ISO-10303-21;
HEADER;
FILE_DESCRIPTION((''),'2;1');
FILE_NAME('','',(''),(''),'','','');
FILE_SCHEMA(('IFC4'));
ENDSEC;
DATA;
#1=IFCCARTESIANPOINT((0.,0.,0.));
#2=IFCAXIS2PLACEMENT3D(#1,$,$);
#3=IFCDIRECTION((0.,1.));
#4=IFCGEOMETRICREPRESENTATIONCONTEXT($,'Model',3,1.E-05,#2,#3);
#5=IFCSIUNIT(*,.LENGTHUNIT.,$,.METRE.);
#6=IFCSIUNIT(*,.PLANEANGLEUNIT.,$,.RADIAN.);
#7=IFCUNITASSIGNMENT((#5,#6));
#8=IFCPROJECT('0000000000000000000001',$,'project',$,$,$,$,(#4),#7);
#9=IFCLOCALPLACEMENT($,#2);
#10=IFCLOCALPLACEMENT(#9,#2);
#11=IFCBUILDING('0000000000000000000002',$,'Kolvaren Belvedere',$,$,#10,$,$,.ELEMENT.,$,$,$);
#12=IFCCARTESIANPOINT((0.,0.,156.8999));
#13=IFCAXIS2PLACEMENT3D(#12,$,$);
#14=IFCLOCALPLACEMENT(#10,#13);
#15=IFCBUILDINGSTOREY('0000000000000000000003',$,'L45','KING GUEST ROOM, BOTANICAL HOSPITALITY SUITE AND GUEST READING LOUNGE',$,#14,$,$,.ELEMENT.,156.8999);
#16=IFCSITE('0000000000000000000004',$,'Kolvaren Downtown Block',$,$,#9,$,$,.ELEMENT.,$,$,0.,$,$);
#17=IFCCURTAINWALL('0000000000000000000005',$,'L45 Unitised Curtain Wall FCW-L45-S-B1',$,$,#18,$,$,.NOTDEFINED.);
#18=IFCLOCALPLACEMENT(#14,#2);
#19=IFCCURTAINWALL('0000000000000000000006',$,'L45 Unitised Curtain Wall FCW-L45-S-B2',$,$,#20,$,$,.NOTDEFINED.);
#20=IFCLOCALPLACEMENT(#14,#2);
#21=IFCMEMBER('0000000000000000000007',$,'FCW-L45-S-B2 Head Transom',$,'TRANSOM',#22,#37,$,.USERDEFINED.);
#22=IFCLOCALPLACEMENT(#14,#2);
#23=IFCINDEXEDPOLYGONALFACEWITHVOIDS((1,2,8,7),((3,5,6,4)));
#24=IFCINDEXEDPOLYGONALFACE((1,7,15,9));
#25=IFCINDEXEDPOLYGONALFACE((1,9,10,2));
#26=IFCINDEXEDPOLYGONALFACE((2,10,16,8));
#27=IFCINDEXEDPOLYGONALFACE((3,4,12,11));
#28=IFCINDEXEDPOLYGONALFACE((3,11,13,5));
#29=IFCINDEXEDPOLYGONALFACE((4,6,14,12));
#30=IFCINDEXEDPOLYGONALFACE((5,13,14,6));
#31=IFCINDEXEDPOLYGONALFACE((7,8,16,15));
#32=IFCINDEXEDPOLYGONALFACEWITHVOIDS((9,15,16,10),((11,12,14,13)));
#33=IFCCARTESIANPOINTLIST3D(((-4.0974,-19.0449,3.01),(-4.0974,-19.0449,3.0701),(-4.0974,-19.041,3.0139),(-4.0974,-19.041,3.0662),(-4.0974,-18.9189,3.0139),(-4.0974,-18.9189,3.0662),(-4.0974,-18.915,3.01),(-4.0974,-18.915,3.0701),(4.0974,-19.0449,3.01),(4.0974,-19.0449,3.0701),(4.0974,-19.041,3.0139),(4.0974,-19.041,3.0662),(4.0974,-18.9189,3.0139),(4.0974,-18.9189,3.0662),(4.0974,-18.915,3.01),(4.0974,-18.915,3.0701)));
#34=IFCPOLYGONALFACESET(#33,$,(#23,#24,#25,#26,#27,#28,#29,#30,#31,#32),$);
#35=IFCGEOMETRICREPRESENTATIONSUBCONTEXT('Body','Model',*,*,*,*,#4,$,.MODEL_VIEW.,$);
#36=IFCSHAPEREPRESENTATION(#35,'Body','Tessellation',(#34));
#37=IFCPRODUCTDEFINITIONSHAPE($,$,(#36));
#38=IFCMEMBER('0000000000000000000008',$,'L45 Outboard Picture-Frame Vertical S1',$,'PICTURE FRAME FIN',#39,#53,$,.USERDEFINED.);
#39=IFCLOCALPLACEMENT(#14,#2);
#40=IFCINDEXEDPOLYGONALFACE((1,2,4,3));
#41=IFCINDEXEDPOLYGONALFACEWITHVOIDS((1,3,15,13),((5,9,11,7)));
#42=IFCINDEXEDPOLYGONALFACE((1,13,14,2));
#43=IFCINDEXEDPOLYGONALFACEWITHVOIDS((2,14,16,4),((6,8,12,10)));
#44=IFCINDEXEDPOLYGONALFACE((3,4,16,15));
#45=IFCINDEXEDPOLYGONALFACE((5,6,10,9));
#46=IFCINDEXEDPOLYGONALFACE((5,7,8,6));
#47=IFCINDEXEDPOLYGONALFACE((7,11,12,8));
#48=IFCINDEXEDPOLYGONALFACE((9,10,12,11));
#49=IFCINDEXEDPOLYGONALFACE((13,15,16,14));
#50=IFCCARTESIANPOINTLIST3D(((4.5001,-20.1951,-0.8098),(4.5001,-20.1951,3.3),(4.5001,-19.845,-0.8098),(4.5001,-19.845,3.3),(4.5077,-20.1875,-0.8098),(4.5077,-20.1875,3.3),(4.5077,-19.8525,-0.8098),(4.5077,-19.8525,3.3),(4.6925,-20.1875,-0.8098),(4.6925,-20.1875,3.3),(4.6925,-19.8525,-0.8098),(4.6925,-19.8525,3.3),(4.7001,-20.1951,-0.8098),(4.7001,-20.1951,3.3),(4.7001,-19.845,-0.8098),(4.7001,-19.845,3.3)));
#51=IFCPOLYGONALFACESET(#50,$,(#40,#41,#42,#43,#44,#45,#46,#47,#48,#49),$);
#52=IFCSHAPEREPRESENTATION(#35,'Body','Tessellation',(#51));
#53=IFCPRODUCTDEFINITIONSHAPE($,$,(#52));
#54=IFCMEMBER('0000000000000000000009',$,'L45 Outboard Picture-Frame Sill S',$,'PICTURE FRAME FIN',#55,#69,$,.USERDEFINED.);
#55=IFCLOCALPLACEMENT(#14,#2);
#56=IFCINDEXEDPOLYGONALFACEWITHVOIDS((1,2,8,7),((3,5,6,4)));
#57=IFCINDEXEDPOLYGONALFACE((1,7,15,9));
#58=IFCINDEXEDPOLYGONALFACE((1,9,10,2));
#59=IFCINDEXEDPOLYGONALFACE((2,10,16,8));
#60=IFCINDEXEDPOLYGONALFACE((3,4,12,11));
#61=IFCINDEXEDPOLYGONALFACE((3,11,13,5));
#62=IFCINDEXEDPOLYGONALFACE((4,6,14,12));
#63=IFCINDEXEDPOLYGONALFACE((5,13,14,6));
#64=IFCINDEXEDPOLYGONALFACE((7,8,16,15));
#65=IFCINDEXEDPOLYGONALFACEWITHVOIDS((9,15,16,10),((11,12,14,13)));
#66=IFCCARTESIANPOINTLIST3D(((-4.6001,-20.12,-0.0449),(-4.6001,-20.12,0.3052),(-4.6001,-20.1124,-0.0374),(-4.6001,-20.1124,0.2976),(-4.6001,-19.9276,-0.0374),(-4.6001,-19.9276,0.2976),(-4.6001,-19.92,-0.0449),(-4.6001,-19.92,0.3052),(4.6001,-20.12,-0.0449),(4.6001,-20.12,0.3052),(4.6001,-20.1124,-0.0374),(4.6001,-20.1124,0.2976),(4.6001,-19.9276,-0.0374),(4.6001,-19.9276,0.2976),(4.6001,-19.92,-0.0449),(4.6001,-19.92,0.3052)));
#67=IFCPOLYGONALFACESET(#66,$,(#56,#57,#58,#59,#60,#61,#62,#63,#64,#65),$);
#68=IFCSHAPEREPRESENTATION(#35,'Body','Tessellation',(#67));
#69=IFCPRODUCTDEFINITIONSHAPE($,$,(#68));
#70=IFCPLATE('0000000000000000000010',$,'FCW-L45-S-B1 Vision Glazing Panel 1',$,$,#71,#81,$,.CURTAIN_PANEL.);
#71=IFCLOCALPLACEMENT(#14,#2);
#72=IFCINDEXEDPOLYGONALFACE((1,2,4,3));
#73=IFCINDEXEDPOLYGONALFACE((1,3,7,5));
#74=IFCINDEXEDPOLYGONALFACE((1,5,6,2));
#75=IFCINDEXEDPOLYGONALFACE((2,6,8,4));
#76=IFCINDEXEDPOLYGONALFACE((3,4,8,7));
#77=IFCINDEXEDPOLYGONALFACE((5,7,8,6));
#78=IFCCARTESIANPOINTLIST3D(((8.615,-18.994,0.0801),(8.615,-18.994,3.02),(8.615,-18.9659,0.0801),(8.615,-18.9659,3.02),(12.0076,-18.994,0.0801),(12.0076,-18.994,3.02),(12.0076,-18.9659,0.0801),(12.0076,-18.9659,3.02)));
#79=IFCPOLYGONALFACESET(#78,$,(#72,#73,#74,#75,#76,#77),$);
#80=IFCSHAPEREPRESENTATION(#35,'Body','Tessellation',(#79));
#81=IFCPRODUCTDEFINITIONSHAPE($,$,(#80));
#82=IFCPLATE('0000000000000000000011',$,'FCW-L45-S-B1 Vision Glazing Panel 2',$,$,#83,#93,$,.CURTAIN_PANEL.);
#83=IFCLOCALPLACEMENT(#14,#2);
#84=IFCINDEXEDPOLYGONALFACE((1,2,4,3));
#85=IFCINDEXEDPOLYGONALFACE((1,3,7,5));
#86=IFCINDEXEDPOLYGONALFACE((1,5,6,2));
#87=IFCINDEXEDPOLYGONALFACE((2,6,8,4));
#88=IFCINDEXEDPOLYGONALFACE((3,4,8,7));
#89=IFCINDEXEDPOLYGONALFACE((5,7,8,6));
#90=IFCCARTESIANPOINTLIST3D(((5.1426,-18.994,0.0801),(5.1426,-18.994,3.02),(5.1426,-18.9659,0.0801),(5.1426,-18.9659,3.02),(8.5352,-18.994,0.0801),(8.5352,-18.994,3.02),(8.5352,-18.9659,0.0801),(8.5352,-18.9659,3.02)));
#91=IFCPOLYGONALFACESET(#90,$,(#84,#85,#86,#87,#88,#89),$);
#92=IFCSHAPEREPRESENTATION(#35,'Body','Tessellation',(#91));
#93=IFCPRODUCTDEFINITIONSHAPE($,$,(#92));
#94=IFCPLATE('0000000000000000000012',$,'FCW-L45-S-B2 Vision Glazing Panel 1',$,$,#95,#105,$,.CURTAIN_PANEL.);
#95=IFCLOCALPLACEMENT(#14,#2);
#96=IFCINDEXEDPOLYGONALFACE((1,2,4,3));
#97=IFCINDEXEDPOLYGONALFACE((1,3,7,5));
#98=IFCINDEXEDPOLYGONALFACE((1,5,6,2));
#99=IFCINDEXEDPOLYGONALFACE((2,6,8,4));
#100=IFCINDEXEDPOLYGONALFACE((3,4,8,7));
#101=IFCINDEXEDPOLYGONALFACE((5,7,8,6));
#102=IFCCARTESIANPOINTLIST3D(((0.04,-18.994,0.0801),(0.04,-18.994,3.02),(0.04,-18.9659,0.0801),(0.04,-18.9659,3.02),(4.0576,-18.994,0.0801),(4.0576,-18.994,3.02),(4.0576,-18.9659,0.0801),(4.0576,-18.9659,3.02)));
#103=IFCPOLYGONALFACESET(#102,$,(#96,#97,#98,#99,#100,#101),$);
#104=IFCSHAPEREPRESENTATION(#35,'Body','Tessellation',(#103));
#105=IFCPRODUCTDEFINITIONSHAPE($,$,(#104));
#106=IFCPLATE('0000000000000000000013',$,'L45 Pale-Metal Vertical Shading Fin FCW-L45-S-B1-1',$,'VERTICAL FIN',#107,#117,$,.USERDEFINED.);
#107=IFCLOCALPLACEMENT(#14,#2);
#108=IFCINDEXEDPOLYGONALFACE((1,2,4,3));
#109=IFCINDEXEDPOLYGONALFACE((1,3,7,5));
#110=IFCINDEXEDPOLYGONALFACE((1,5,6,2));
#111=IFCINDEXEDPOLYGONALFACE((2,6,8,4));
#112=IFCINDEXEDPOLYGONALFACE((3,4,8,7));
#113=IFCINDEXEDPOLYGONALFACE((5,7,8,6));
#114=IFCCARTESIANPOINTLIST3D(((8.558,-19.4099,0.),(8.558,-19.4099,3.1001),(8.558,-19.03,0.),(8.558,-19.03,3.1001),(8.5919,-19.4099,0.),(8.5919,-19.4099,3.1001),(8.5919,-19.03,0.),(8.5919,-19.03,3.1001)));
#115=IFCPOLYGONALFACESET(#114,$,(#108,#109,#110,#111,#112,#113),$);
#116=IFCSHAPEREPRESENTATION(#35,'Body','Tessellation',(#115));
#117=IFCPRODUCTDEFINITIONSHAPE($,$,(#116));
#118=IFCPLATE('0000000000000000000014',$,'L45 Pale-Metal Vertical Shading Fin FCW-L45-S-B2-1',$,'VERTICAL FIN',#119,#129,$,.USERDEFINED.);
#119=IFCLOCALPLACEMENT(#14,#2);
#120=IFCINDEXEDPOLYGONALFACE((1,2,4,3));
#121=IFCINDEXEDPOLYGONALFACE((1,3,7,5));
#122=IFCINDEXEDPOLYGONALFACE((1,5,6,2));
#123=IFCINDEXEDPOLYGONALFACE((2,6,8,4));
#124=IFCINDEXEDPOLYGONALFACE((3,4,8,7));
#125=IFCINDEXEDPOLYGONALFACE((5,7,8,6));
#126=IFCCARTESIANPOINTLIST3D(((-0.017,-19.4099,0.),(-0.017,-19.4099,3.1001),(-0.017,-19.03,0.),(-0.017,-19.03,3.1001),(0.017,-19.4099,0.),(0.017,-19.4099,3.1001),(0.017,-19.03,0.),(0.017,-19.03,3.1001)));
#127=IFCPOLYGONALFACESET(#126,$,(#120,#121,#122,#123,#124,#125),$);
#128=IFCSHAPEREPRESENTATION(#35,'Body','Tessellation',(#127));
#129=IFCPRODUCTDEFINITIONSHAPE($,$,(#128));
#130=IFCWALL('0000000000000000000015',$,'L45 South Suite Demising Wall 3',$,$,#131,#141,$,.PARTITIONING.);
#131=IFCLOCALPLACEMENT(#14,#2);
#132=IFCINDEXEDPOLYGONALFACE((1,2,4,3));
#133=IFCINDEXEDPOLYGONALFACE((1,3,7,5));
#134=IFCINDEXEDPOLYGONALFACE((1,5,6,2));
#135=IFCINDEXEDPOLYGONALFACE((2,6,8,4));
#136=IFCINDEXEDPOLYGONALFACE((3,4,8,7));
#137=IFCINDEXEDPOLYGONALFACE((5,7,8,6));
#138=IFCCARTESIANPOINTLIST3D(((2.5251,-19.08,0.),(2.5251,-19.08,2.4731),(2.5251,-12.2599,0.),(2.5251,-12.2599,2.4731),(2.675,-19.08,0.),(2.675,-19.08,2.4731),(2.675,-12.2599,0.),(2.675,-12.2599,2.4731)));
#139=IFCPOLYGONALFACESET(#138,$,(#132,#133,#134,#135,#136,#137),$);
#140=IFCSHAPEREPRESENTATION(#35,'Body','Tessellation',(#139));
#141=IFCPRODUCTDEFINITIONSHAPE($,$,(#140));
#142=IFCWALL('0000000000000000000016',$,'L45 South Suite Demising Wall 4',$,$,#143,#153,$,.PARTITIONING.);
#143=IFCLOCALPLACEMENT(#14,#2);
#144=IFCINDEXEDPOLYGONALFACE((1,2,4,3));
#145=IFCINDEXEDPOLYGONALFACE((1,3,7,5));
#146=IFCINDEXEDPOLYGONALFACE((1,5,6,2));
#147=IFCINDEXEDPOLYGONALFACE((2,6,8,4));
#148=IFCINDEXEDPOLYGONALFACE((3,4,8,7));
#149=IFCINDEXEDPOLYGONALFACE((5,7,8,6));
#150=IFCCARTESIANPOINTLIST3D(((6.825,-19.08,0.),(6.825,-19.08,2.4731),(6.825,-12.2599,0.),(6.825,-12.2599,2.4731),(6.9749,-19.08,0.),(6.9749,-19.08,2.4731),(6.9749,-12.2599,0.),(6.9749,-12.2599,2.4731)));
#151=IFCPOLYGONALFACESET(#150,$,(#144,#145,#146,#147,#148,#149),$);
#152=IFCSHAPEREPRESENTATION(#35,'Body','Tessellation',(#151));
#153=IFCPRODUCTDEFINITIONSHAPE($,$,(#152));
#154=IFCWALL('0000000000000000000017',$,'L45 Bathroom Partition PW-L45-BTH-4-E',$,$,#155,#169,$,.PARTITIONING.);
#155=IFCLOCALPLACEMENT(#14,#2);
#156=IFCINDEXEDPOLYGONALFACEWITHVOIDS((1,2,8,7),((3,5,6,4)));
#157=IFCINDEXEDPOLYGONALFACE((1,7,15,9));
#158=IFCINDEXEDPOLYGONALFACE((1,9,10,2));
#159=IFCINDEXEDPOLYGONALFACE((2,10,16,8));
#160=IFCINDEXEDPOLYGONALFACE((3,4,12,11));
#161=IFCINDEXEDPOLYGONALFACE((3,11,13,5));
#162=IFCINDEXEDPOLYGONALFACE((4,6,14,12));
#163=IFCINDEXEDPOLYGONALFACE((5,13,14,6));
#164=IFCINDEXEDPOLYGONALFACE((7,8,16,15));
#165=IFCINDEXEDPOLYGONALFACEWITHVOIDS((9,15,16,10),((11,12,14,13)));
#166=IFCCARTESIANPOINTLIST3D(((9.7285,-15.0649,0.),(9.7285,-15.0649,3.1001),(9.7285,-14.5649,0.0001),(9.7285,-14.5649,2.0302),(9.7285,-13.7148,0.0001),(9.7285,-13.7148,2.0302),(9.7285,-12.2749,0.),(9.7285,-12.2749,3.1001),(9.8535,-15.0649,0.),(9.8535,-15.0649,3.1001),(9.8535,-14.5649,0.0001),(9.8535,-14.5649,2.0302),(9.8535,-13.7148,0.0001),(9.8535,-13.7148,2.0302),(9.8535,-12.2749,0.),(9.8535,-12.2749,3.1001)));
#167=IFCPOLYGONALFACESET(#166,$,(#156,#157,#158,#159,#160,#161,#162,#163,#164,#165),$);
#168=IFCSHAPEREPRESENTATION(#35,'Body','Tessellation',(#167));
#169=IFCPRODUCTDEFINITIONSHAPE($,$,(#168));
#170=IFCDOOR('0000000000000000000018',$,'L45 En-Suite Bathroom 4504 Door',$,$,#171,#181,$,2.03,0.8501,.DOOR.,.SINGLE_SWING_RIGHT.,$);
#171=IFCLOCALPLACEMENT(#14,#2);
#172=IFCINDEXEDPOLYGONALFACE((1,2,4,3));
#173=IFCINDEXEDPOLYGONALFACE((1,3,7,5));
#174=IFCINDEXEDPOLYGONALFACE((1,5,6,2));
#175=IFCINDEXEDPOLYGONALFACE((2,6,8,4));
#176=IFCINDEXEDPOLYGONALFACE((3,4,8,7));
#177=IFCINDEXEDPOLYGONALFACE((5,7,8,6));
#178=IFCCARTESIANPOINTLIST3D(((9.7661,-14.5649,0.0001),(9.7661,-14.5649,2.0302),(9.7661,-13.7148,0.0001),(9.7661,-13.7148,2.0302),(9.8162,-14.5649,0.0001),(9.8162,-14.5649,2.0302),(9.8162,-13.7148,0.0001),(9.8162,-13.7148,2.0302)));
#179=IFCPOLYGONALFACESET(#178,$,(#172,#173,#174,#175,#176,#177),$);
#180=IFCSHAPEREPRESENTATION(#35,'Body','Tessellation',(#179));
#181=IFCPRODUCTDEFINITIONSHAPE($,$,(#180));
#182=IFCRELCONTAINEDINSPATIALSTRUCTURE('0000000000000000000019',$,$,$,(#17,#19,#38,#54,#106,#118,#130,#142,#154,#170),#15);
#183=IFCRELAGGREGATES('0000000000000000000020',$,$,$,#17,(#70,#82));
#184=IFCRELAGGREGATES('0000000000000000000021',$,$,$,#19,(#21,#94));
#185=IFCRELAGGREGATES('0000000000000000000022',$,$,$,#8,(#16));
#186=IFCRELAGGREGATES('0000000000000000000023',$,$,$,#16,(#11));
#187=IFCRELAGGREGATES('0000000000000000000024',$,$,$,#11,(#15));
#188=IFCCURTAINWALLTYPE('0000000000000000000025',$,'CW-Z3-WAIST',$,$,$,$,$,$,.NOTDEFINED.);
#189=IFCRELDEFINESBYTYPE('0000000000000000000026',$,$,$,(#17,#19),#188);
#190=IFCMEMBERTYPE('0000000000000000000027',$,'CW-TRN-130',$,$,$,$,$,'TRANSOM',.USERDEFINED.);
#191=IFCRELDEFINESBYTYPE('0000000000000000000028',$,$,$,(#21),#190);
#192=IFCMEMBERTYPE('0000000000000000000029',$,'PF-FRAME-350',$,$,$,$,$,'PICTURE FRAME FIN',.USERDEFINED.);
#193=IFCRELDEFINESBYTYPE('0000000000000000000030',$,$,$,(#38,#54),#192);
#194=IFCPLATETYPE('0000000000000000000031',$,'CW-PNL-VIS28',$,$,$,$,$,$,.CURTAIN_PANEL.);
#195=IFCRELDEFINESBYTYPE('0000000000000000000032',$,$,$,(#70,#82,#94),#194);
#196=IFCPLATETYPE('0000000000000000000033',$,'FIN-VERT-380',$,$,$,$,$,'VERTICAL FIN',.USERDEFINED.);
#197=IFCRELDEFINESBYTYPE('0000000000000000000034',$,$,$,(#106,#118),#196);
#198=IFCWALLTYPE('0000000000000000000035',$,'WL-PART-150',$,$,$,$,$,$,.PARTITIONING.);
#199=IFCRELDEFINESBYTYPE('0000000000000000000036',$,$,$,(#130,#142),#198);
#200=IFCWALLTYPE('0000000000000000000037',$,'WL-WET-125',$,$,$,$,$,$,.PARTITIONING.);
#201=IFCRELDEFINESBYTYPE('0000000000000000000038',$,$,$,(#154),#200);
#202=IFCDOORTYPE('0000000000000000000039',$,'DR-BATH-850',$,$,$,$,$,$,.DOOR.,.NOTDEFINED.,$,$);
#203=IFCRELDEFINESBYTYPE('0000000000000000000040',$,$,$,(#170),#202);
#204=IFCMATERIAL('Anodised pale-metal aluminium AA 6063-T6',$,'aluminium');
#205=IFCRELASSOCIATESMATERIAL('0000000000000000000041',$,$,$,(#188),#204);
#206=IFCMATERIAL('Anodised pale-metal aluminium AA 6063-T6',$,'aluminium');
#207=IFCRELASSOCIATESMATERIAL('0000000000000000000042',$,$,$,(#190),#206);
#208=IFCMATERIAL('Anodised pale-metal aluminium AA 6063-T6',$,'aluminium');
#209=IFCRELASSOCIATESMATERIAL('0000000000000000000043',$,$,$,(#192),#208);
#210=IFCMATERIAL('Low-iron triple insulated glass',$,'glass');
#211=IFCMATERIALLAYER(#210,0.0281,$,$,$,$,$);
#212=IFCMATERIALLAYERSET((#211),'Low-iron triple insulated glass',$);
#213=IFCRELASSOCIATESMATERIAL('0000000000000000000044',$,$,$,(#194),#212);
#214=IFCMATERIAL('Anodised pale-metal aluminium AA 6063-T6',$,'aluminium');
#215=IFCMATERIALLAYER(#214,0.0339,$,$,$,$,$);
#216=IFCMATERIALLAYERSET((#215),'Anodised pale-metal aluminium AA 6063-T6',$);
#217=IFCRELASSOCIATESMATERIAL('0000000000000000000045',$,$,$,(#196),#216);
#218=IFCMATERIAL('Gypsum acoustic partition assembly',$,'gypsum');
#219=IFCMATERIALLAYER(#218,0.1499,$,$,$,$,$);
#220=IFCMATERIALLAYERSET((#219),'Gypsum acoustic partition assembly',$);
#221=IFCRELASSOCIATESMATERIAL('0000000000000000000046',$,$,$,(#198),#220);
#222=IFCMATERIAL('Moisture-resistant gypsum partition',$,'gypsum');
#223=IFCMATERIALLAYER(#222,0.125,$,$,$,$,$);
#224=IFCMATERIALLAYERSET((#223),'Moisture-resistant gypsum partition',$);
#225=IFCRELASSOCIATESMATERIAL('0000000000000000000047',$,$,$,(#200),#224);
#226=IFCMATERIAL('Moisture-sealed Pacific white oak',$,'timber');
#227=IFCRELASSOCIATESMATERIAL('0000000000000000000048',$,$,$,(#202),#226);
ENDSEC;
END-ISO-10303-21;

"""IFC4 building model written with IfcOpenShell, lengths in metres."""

from ifc_helpers import new_model, si_unit, direction, frame, frame_2d, origin, origin_2d, place, context, subcontext, project, spatial, rectangle, hollow_rectangle, extrude, material, layer, layer_set, material_profile, profile_set, type_object, element, fill, aggregate, save


model = new_model("IFC4")

# Units and contexts
model_context = context("Model", 3, precision=1e-05, world=origin(), true_north=direction((0.0, 1.0)))
body_context = subcontext(model_context, "Body", "Model", "MODEL_VIEW")
ifc_project = project(units=[si_unit("LENGTHUNIT", "METRE"), si_unit("PLANEANGLEUNIT", "RADIAN")], contexts=[model_context])

# Site, building, storey
site_placement = place(None, origin())
site = spatial("IfcSite", under=ifc_project, at=site_placement, Name="Kolvaren Downtown Block", CompositionType="ELEMENT", RefElevation=0.0)
building_placement = place(site_placement, origin())
building = spatial("IfcBuilding", under=site, at=building_placement, Name="Kolvaren Belvedere", CompositionType="ELEMENT")
storey_placement = place(building_placement, frame((0.0, 0.0, 156.8999)))
storey = spatial("IfcBuildingStorey", under=building, at=storey_placement, Name="L45", Description="KING GUEST ROOM, BOTANICAL HOSPITALITY SUITE AND GUEST READING LOUNGE", CompositionType="ELEMENT", Elevation=156.8999)

# Curtain walls
ifc_material_1 = material(Name="Anodised pale-metal aluminium AA 6063-T6", Category="aluminium")
curtain_wall_type = type_object("IfcCurtainWallType", Name="CW-Z3-WAIST", PredefinedType="NOTDEFINED", material=ifc_material_1)
curtain_wall_1_placement = place(storey_placement, origin())
curtain_wall_1 = element("IfcCurtainWall", 1, at=curtain_wall_1_placement, inside=storey, type_object=curtain_wall_type, Name="L45 Unitised Curtain Wall FCW-L45-S-B1", PredefinedType="NOTDEFINED")
curtain_wall_2_placement = place(storey_placement, origin())
curtain_wall_2 = element("IfcCurtainWall", 2, at=curtain_wall_2_placement, inside=storey, type_object=curtain_wall_type, Name="L45 Unitised Curtain Wall FCW-L45-S-B2", PredefinedType="NOTDEFINED")

# Member
ifc_material_2 = material(Name="Anodised pale-metal aluminium AA 6063-T6", Category="aluminium")
ifc_material_profile_1 = material_profile(ifc_material_2, hollow_rectangle(XDim=0.0601, YDim=0.1299, WallThickness=0.0039, at=origin_2d()), Name="ALU-TRN-130X60")
ifc_profile_set_1 = profile_set([ifc_material_profile_1], Name="Anodised pale-metal aluminium AA 6063-T6")
member_type_1 = type_object("IfcMemberType", Name="CW-TRN-130", ElementType="TRANSOM", PredefinedType="USERDEFINED", material=ifc_profile_set_1)
member_1_placement = place(storey_placement, frame((4.0974, -18.98, 3.04), z_axis=(-1.0, 0.0, 0.0), x_axis=(0.0, 0.0, 1.0)))
member_1 = element("IfcMember", 3, at=member_1_placement, type_object=member_type_1, Name="FCW-L45-S-B2 Head Transom", ObjectType="TRANSOM", PredefinedType="USERDEFINED", context=body_context, shape_type="SweptSolid", body=[
    extrude(hollow_rectangle(XDim=0.0601, YDim=0.1299, WallThickness=0.0039, at=origin_2d()), origin(), (0.0, 0.0, 1.0), 8.1948),
])

# Members
ifc_material_3 = material(Name="Anodised pale-metal aluminium AA 6063-T6", Category="aluminium")
ifc_material_profile_2 = material_profile(ifc_material_3, hollow_rectangle(XDim=0.2, YDim=0.3501, WallThickness=0.0076, at=origin_2d()), Name="ALU-PF-350X200")
ifc_profile_set_2 = profile_set([ifc_material_profile_2], Name="Anodised pale-metal aluminium AA 6063-T6")
member_type_2 = type_object("IfcMemberType", Name="PF-FRAME-350", ElementType="PICTURE FRAME FIN", PredefinedType="USERDEFINED", material=ifc_profile_set_2)
member_2_placement = place(storey_placement, frame((4.6001, -20.02, -0.8098), z_axis=(0.0, 0.0, 1.0), x_axis=(1.0, 0.0, 0.0)))
element("IfcMember", 4, at=member_2_placement, inside=storey, type_object=member_type_2, Name="L45 Outboard Picture-Frame Vertical S1", ObjectType="PICTURE FRAME FIN", PredefinedType="USERDEFINED", context=body_context, shape_type="SweptSolid", body=[
    extrude(hollow_rectangle(XDim=0.2, YDim=0.3501, WallThickness=0.0076, at=origin_2d()), origin(), (0.0, 0.0, 1.0), 4.1099),
])
member_3_placement = place(storey_placement, frame((4.6001, -20.02, 0.1301), z_axis=(-1.0, 0.0, 0.0), x_axis=(0.0, -1.0, 0.0)))
element("IfcMember", 5, at=member_3_placement, inside=storey, type_object=member_type_2, Name="L45 Outboard Picture-Frame Sill S", ObjectType="PICTURE FRAME FIN", PredefinedType="USERDEFINED", context=body_context, shape_type="SweptSolid", body=[
    extrude(hollow_rectangle(XDim=0.2, YDim=0.3501, WallThickness=0.0076, at=origin_2d()), origin(), (0.0, 0.0, 1.0), 9.2002),
])

# Plates
ifc_material_4 = material(Name="Low-iron triple insulated glass", Category="glass")
ifc_layer_1 = layer(ifc_material_4, 0.0281)
ifc_layer_set_1 = layer_set([ifc_layer_1], Name="Low-iron triple insulated glass")
plate_type_1 = type_object("IfcPlateType", Name="CW-PNL-VIS28", PredefinedType="CURTAIN_PANEL", material=ifc_layer_set_1)
plate_1_placement = place(storey_placement, frame((10.3113, -18.98, 0.0801), z_axis=(0.0, 0.0, 1.0), x_axis=(-1.0, 0.0, 0.0)))
plate_1 = element("IfcPlate", 6, at=plate_1_placement, type_object=plate_type_1, Name="FCW-L45-S-B1 Vision Glazing Panel 1", PredefinedType="CURTAIN_PANEL", context=body_context, shape_type="SweptSolid", body=[
    extrude(rectangle(XDim=3.3926, YDim=0.0281, at=origin_2d()), origin(), (0.0, 0.0, 1.0), 2.9399),
])
plate_2_placement = place(storey_placement, frame((6.8389, -18.98, 0.0801), z_axis=(0.0, 0.0, 1.0), x_axis=(-1.0, 0.0, 0.0)))
plate_2 = element("IfcPlate", 7, at=plate_2_placement, type_object=plate_type_1, Name="FCW-L45-S-B1 Vision Glazing Panel 2", PredefinedType="CURTAIN_PANEL", context=body_context, shape_type="SweptSolid", body=[
    extrude(rectangle(XDim=3.3926, YDim=0.0281, at=origin_2d()), origin(), (0.0, 0.0, 1.0), 2.9399),
])
aggregate(curtain_wall_1, [plate_1, plate_2])
plate_3_placement = place(storey_placement, frame((2.0488, -18.98, 0.0801), z_axis=(0.0, 0.0, 1.0), x_axis=(-1.0, 0.0, 0.0)))
plate_3 = element("IfcPlate", 8, at=plate_3_placement, type_object=plate_type_1, Name="FCW-L45-S-B2 Vision Glazing Panel 1", PredefinedType="CURTAIN_PANEL", context=body_context, shape_type="SweptSolid", body=[
    extrude(rectangle(XDim=4.0176, YDim=0.0281, at=origin_2d()), origin(), (0.0, 0.0, 1.0), 2.9399),
])
aggregate(curtain_wall_2, [member_1, plate_3])

# Plates
ifc_material_5 = material(Name="Anodised pale-metal aluminium AA 6063-T6", Category="aluminium")
ifc_layer_2 = layer(ifc_material_5, 0.0339)
ifc_layer_set_2 = layer_set([ifc_layer_2], Name="Anodised pale-metal aluminium AA 6063-T6")
plate_type_2 = type_object("IfcPlateType", Name="FIN-VERT-380", ElementType="VERTICAL FIN", PredefinedType="USERDEFINED", material=ifc_layer_set_2)
for number, where, z_axis, x_axis, name in (
    (9, (8.575, -19.22, 0.0), (0.0, 0.0, 1.0), (0.0, 1.0, 0.0), "L45 Pale-Metal Vertical Shading Fin FCW-L45-S-B1-1"),
    (10, (0.0, -19.22, 0.0), (0.0, 0.0, 1.0), (0.0, 1.0, 0.0), "L45 Pale-Metal Vertical Shading Fin FCW-L45-S-B2-1"),
):
    element("IfcPlate", number, at=place(storey_placement, frame(where, z_axis=z_axis, x_axis=x_axis)), inside=storey, type_object=plate_type_2, Name=name, ObjectType="VERTICAL FIN", PredefinedType="USERDEFINED", context=body_context, shape_type="SweptSolid", body=[
        extrude(rectangle(XDim=0.3799, YDim=0.0339, at=origin_2d()), origin(), (0.0, 0.0, 1.0), 3.1001),
    ])

# Walls
ifc_material_6 = material(Name="Gypsum acoustic partition assembly", Category="gypsum")
ifc_layer_3 = layer(ifc_material_6, 0.1499)
ifc_layer_set_3 = layer_set([ifc_layer_3], Name="Gypsum acoustic partition assembly")
wall_type_1 = type_object("IfcWallType", Name="WL-PART-150", PredefinedType="PARTITIONING", material=ifc_layer_set_3)
for number, where, z_axis, x_axis, name in (
    (11, (2.6001, -19.0801, 0.0), (0.0, 0.0, 1.0), (0.0, 1.0, 0.0), "L45 South Suite Demising Wall 3"),
    (12, (6.8999, -19.0801, 0.0), (0.0, 0.0, 1.0), (0.0, 1.0, 0.0), "L45 South Suite Demising Wall 4"),
):
    element("IfcWall", number, at=place(storey_placement, frame(where, z_axis=z_axis, x_axis=x_axis)), inside=storey, type_object=wall_type_1, Name=name, PredefinedType="PARTITIONING", context=body_context, shape_type="SweptSolid", body=[
        extrude(rectangle(XDim=6.8201, YDim=0.1499, at=frame_2d((3.4102, 0.0))), origin(), (0.0, 0.0, 1.0), 2.4731),
    ])

# Wall, opening, door
ifc_material_7 = material(Name="Moisture-resistant gypsum partition", Category="gypsum")
ifc_layer_4 = layer(ifc_material_7, 0.125)
ifc_layer_set_4 = layer_set([ifc_layer_4], Name="Moisture-resistant gypsum partition")
wall_type_2 = type_object("IfcWallType", Name="WL-WET-125", PredefinedType="PARTITIONING", material=ifc_layer_set_4)
wall_1_placement = place(storey_placement, frame((9.791, -15.0649, 0.0), z_axis=(0.0, 0.0, 1.0), x_axis=(0.0, 1.0, 0.0)))
wall_1 = element("IfcWall", 13, at=wall_1_placement, inside=storey, type_object=wall_type_2, Name="L45 Bathroom Partition PW-L45-BTH-4-E", PredefinedType="PARTITIONING", context=body_context, shape_type="SweptSolid", body=[
    extrude(rectangle(XDim=2.79, YDim=0.125, at=frame_2d((1.395, 0.0))), origin(), (0.0, 0.0, 1.0), 3.1001),
])
opening_placement = place(wall_1_placement, frame((0.5, 0.0, 0.0)))
opening = element("IfcOpeningElement", 14, at=opening_placement, cuts=wall_1, PredefinedType="OPENING", context=body_context, shape_type="SweptSolid", body=[
    extrude(rectangle(XDim=0.8501, YDim=2.03, at=frame_2d((0.425, 1.0151))), frame((0.0, 0.0725, 0.0), z_axis=(0.0, -1.0, 0.0), x_axis=(1.0, 0.0, 0.0)), (0.0, 0.0, 1.0), 0.145),
])
ifc_material_8 = material(Name="Moisture-sealed Pacific white oak", Category="timber")
door_type = type_object("IfcDoorType", Name="DR-BATH-850", OperationType="NOTDEFINED", PredefinedType="DOOR", material=ifc_material_8)
door_placement = place(opening_placement, origin())
door = element("IfcDoor", 15, at=door_placement, inside=storey, type_object=door_type, Name="L45 En-Suite Bathroom 4504 Door", OperationType="SINGLE_SWING_RIGHT", OverallHeight=2.03, OverallWidth=0.8501, PredefinedType="DOOR", context=body_context, shape_type="SweptSolid", body=[
    extrude(rectangle(XDim=0.8501, YDim=2.03, at=frame_2d((0.425, 1.0151))), frame((0.0, 0.0249, 0.0), z_axis=(0.0, -1.0, 0.0), x_axis=(1.0, 0.0, 0.0)), (0.0, 0.0, 1.0), 0.05),
])
fill(opening, door)

save(model, "model.ifc")
